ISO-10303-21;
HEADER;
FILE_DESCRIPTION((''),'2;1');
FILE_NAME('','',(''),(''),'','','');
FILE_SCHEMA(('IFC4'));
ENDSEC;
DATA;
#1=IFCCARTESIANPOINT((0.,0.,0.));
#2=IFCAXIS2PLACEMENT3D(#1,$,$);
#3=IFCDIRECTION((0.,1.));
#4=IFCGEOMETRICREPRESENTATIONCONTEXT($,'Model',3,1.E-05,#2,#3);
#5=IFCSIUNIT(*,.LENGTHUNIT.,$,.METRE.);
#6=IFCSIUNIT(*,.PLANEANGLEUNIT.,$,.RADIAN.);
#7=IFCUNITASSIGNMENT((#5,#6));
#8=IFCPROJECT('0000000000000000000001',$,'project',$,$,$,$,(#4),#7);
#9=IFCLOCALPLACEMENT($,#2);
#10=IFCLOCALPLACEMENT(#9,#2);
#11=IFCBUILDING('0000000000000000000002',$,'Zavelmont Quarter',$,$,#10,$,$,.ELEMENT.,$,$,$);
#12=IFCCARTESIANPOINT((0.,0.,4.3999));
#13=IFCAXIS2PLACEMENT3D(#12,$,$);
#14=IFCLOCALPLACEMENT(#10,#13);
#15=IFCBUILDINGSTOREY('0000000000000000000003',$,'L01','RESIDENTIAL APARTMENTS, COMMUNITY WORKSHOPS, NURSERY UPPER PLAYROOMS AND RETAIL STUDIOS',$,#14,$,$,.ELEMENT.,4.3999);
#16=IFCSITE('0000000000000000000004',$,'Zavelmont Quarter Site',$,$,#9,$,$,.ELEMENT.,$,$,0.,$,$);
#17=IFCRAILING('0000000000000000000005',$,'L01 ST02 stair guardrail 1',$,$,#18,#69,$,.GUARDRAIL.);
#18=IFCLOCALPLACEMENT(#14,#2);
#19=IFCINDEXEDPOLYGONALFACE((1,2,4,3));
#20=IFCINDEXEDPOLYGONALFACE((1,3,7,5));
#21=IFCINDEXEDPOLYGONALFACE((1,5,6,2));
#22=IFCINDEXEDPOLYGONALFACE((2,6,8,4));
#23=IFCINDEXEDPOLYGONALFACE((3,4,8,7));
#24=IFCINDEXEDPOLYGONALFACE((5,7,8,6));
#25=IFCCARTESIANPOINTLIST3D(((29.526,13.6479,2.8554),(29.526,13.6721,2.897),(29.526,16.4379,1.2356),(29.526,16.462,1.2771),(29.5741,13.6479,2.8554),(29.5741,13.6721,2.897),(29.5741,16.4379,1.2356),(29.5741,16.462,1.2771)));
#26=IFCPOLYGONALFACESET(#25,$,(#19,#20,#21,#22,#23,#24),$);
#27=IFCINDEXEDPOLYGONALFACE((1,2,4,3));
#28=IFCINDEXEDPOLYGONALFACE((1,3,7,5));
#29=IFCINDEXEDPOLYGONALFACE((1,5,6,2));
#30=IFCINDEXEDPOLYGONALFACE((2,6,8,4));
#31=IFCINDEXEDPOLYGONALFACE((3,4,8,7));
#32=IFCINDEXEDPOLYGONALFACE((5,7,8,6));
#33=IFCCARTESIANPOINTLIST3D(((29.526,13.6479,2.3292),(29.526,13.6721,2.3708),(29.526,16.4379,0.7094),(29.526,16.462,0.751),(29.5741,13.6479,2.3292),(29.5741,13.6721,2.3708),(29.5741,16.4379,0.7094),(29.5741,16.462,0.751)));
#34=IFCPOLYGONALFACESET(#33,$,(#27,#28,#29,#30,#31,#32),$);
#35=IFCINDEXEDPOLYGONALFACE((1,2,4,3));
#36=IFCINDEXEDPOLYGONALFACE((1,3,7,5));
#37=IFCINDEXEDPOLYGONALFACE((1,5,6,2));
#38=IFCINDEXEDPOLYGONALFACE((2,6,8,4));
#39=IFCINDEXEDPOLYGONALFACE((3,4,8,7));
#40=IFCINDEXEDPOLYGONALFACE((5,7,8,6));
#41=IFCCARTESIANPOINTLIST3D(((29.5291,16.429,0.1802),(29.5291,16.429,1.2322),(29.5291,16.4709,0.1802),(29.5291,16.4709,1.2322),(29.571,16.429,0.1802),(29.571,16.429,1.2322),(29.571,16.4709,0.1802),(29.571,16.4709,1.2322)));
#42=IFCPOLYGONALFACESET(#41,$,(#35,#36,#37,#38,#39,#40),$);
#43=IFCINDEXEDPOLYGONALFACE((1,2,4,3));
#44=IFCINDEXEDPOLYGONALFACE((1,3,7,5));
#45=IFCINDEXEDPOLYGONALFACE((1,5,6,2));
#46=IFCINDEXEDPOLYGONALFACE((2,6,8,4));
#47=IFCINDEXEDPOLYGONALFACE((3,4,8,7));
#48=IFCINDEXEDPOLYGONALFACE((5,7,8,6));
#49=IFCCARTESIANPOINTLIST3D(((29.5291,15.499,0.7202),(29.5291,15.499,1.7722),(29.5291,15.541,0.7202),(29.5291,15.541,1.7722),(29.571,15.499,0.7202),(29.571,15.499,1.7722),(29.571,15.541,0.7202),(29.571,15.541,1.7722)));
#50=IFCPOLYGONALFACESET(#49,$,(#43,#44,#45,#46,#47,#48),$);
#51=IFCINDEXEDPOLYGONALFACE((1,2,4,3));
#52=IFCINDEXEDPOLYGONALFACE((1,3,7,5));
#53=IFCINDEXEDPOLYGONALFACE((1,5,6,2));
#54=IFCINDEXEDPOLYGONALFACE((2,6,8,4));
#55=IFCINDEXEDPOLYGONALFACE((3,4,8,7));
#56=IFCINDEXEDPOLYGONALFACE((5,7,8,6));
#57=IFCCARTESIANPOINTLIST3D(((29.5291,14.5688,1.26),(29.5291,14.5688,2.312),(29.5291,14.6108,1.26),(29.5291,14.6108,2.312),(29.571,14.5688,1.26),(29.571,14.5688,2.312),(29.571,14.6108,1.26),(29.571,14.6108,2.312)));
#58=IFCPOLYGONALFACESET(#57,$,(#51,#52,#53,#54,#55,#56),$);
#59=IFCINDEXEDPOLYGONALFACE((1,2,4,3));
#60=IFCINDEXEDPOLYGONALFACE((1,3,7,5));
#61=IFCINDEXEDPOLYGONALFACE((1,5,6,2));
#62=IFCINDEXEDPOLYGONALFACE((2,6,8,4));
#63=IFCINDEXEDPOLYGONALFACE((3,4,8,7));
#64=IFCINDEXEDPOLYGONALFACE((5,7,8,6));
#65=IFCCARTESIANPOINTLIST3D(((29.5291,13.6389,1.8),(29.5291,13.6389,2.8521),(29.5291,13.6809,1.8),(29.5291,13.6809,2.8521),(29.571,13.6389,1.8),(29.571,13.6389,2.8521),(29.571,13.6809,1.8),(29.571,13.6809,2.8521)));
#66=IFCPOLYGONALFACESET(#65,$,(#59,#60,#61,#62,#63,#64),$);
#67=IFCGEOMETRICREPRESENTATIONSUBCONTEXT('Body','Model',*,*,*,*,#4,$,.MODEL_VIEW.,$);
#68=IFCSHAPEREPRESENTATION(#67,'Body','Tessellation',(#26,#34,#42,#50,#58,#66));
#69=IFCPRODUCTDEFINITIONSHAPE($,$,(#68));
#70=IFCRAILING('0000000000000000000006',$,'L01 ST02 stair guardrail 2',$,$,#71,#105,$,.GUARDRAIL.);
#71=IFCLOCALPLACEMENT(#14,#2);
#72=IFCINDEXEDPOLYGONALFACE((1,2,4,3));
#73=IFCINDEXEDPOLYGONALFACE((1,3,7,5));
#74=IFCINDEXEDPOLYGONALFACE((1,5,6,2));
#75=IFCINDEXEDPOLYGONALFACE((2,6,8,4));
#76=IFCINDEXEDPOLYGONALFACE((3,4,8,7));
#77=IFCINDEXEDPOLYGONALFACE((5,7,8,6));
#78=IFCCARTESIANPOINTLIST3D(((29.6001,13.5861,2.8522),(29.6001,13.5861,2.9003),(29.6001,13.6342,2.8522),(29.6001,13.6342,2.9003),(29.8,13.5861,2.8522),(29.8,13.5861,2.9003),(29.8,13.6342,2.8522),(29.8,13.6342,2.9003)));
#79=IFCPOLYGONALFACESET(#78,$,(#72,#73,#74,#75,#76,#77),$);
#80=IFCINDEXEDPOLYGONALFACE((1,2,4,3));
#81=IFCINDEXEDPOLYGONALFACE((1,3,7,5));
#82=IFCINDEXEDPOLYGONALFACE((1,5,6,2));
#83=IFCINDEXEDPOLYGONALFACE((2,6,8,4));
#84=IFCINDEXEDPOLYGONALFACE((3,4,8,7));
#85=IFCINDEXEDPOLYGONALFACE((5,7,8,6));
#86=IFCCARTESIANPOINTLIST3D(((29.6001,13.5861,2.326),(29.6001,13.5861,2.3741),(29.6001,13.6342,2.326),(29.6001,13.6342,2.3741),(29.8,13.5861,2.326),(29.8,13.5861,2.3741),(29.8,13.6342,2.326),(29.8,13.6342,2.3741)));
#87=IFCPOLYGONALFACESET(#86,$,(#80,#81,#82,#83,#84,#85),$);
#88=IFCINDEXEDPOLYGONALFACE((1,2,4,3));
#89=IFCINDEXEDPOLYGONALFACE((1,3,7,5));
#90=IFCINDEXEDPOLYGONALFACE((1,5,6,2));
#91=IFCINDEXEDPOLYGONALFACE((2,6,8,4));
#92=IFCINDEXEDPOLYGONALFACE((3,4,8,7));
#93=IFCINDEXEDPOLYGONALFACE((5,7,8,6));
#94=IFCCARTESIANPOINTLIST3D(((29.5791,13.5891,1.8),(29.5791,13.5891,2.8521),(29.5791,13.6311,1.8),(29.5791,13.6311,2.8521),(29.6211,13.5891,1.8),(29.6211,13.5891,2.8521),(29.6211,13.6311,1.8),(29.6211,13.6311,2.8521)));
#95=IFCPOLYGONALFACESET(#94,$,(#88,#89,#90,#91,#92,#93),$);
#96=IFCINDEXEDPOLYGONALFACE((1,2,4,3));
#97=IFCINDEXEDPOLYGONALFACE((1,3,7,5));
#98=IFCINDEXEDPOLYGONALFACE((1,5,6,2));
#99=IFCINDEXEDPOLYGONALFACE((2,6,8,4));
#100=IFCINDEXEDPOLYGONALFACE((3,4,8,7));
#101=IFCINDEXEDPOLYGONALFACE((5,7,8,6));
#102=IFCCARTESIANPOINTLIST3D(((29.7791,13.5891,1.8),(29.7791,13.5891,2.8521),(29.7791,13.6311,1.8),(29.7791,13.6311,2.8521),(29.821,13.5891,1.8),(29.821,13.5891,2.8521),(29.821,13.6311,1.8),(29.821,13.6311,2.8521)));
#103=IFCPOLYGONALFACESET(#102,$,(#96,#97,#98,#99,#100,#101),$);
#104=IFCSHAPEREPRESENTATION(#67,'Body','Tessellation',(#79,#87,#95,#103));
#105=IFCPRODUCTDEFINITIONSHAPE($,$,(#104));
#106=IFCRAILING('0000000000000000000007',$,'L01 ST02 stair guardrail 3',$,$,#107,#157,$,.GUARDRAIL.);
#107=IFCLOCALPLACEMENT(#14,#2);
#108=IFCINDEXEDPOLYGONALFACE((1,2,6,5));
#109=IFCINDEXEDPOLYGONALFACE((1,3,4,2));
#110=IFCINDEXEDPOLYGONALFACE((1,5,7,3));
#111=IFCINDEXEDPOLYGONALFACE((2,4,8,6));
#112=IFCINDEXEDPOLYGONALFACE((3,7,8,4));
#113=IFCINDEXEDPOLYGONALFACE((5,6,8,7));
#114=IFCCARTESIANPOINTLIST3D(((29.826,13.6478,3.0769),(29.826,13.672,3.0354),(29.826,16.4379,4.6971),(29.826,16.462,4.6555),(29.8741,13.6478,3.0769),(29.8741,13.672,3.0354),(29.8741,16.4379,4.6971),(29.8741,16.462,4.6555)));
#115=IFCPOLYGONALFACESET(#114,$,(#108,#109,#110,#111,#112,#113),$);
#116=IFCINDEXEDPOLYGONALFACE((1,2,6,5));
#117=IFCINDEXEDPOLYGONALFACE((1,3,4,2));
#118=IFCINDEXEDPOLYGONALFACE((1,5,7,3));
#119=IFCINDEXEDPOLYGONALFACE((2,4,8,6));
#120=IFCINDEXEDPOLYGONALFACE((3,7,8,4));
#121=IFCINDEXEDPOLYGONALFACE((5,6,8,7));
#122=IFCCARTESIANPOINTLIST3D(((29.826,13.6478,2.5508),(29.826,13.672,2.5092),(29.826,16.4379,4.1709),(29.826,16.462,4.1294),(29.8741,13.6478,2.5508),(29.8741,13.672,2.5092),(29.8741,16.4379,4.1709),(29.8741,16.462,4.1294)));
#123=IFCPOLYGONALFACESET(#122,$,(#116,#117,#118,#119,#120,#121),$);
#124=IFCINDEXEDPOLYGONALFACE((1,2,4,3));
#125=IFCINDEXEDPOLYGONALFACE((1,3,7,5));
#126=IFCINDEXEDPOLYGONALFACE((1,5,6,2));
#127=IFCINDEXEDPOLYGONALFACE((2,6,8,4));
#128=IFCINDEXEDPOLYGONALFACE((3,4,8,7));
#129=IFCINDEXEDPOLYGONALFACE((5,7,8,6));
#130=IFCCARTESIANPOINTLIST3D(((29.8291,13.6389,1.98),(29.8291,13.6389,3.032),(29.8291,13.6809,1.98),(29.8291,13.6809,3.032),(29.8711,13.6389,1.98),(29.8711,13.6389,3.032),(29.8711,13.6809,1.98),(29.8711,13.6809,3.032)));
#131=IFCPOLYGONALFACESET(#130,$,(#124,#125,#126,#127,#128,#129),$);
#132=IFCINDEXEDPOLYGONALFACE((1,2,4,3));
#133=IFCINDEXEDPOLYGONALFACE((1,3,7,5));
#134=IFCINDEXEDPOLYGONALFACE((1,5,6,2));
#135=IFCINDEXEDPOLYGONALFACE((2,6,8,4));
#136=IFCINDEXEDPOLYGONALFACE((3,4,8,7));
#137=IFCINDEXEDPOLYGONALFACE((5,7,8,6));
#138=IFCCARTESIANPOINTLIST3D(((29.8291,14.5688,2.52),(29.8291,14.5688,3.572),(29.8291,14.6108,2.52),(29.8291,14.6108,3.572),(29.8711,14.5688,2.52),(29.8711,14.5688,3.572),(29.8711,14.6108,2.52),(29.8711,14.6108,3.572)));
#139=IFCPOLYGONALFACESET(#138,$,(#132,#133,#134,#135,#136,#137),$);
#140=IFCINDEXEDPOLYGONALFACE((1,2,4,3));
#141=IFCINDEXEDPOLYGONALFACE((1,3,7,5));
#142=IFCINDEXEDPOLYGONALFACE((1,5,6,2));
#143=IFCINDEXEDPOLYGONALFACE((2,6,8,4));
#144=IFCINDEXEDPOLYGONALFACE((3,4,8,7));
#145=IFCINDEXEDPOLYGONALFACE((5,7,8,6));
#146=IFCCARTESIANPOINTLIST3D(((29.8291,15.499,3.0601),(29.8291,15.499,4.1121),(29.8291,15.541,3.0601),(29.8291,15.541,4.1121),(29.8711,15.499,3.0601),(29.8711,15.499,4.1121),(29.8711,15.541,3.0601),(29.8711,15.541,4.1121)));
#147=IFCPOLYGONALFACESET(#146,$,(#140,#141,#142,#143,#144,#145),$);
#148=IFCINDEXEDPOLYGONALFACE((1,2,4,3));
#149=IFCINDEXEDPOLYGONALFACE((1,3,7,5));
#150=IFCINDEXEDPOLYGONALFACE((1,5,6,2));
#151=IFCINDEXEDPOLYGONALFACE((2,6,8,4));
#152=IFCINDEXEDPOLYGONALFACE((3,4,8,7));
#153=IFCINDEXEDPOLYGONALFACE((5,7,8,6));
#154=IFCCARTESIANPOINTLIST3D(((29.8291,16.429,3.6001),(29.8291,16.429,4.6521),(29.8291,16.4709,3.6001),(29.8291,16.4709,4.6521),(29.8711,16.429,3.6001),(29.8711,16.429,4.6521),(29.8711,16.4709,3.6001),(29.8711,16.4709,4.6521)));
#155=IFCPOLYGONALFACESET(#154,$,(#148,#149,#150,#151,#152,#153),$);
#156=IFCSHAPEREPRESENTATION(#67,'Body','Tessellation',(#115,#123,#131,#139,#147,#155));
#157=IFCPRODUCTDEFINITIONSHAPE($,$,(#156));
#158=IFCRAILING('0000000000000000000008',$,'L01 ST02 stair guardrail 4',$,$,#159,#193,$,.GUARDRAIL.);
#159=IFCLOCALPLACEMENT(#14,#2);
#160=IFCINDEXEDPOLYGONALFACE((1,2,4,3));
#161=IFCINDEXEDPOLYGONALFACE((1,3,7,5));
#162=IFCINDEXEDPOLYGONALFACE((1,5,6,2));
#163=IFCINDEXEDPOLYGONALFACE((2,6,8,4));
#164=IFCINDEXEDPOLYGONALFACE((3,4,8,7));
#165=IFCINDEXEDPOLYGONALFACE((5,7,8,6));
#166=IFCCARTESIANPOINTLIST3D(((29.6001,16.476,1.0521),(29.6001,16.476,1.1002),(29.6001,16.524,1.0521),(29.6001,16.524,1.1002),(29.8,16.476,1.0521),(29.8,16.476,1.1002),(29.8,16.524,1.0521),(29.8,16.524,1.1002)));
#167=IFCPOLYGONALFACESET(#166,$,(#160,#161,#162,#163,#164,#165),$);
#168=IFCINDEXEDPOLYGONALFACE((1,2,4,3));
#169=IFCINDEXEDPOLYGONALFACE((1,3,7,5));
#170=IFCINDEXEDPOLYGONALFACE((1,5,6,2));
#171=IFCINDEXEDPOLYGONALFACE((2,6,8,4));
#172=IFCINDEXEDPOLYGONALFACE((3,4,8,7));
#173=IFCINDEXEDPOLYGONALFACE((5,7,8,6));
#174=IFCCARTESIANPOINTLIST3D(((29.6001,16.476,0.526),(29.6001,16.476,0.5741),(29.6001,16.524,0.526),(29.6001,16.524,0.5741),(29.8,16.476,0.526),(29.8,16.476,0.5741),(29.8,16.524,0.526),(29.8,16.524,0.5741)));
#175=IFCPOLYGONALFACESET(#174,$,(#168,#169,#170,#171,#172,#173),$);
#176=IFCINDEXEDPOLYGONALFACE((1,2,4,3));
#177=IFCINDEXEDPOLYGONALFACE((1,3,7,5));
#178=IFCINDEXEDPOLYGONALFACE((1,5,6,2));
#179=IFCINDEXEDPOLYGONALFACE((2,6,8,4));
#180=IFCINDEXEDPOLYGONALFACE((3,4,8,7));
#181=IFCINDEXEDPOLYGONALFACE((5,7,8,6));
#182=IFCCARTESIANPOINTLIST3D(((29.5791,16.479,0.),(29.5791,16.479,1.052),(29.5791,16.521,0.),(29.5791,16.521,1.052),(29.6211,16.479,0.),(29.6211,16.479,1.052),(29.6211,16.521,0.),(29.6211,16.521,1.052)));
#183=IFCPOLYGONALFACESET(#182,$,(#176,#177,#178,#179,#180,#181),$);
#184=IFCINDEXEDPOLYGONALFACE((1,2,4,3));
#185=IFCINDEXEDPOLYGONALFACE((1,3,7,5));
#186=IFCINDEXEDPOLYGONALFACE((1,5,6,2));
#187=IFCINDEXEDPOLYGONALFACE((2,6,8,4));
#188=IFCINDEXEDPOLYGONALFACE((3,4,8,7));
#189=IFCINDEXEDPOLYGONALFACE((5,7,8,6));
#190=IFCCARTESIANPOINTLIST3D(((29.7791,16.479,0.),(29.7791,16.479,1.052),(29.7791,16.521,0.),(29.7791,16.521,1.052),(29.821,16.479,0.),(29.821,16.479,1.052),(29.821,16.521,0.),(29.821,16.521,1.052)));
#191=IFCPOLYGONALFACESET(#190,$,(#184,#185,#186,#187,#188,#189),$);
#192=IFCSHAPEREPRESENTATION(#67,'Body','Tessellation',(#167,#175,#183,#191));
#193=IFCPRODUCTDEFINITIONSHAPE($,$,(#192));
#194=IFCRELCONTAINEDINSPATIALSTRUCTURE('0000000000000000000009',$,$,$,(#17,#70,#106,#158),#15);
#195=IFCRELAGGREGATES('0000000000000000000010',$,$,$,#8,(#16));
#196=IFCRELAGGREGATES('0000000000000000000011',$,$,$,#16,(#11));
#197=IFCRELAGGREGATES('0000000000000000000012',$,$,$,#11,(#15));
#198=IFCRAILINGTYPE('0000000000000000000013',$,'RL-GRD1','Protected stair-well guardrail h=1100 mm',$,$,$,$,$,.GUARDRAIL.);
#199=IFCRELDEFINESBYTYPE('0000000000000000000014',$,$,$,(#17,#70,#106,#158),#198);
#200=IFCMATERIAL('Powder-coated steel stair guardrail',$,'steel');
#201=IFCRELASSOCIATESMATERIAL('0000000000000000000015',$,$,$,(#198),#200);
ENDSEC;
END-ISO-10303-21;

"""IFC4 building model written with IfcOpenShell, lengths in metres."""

from ifc_helpers import new_model, si_unit, direction, frame, origin, origin_2d, place, context, subcontext, project, spatial, rectangle, extrude, material, type_object, element, save


model = new_model("IFC4")

# Units and contexts
model_context = context("Model", 3, precision=1e-05, world=origin(), true_north=direction((0.0, 1.0)))
body_context = subcontext(model_context, "Body", "Model", "MODEL_VIEW")
ifc_project = project(units=[si_unit("LENGTHUNIT", "METRE"), si_unit("PLANEANGLEUNIT", "RADIAN")], contexts=[model_context])

# Site, building, storey
site_placement = place(None, origin())
site = spatial("IfcSite", under=ifc_project, at=site_placement, Name="Zavelmont Quarter Site", CompositionType="ELEMENT", RefElevation=0.0)
building_placement = place(site_placement, origin())
building = spatial("IfcBuilding", under=site, at=building_placement, Name="Zavelmont Quarter", CompositionType="ELEMENT")
storey_placement = place(building_placement, frame((0.0, 0.0, 4.3999)))
storey = spatial("IfcBuildingStorey", under=building, at=storey_placement, Name="L01", Description="RESIDENTIAL APARTMENTS, COMMUNITY WORKSHOPS, NURSERY UPPER PLAYROOMS AND RETAIL STUDIOS", CompositionType="ELEMENT", Elevation=4.3999)

# Railings
ifc_material_1 = material(Name="Powder-coated steel stair guardrail", Category="steel")
railing_type_1 = type_object("IfcRailingType", Name="RL-GRD1", Description="Protected stair-well guardrail h=1100 mm", PredefinedType="GUARDRAIL", material=ifc_material_1)
railing_1_placement = place(storey_placement, frame((29.55, 16.45, 0.1802)))
element("IfcRailing", 1, at=railing_1_placement, inside=storey, type_object=railing_type_1, Name="L01 ST02 stair guardrail 1", PredefinedType="GUARDRAIL", context=body_context, shape_type="SweptSolid", body=[
    extrude(rectangle(XDim=0.0481, YDim=0.0481, at=origin_2d()), frame((0.0, 0.0, 1.0762), z_axis=(0.0, -0.864809, 0.502101), x_axis=(1.0, 0.0, 0.0)), (0.0, 0.0, 1.0), 3.2261),
    extrude(rectangle(XDim=0.0481, YDim=0.0481, at=origin_2d()), frame((0.0, 0.0, 0.55), z_axis=(0.0, -0.864809, 0.502101), x_axis=(1.0, 0.0, 0.0)), (0.0, 0.0, 1.0), 3.2261),
    extrude(rectangle(XDim=0.042, YDim=0.042, at=origin_2d()), origin(), (0.0, 0.0, 1.0), 1.052),
    extrude(rectangle(XDim=0.042, YDim=0.042, at=origin_2d()), frame((0.0, -0.9299, 0.54)), (0.0, 0.0, 1.0), 1.052),
    extrude(rectangle(XDim=0.042, YDim=0.042, at=origin_2d()), frame((0.0, -1.8601, 1.0798)), (0.0, 0.0, 1.0), 1.052),
    extrude(rectangle(XDim=0.042, YDim=0.042, at=origin_2d()), frame((0.0, -2.79, 1.6199)), (0.0, 0.0, 1.0), 1.052),
])
railing_2_placement = place(storey_placement, frame((29.6001, 13.6101, 1.8)))
element("IfcRailing", 2, at=railing_2_placement, inside=storey, type_object=railing_type_1, Name="L01 ST02 stair guardrail 2", PredefinedType="GUARDRAIL", context=body_context, shape_type="SweptSolid", body=[
    extrude(rectangle(XDim=0.0481, YDim=0.0481, at=origin_2d()), frame((0.0, 0.0, 1.0762), z_axis=(1.0, 0.0, 0.0), x_axis=(0.0, 1.0, 0.0)), (0.0, 0.0, 1.0), 0.2),
    extrude(rectangle(XDim=0.0481, YDim=0.0481, at=origin_2d()), frame((0.0, 0.0, 0.55), z_axis=(1.0, 0.0, 0.0), x_axis=(0.0, 1.0, 0.0)), (0.0, 0.0, 1.0), 0.2),
    extrude(rectangle(XDim=0.042, YDim=0.042, at=origin_2d()), origin(), (0.0, 0.0, 1.0), 1.052),
    extrude(rectangle(XDim=0.042, YDim=0.042, at=origin_2d()), frame((0.2, 0.0, 0.0)), (0.0, 0.0, 1.0), 1.052),
])
railing_3_placement = place(storey_placement, frame((29.8501, 13.6599, 1.98)))
element("IfcRailing", 3, at=railing_3_placement, inside=storey, type_object=railing_type_1, Name="L01 ST02 stair guardrail 3", PredefinedType="GUARDRAIL", context=body_context, shape_type="SweptSolid", body=[
    extrude(rectangle(XDim=0.0481, YDim=0.0481, at=origin_2d()), frame((0.0, 0.0, 1.0762), z_axis=(0.0, 0.864776, 0.502157), x_axis=(-1.0, 0.0, 0.0)), (0.0, 0.0, 1.0), 3.2263),
    extrude(rectangle(XDim=0.0481, YDim=0.0481, at=origin_2d()), frame((0.0, 0.0, 0.55), z_axis=(0.0, 0.864776, 0.502157), x_axis=(-1.0, 0.0, 0.0)), (0.0, 0.0, 1.0), 3.2263),
    extrude(rectangle(XDim=0.042, YDim=0.042, at=origin_2d()), origin(), (0.0, 0.0, 1.0), 1.052),
    extrude(rectangle(XDim=0.042, YDim=0.042, at=origin_2d()), frame((0.0, 0.9299, 0.54)), (0.0, 0.0, 1.0), 1.052),
    extrude(rectangle(XDim=0.042, YDim=0.042, at=origin_2d()), frame((0.0, 1.8601, 1.0801)), (0.0, 0.0, 1.0), 1.052),
    extrude(rectangle(XDim=0.042, YDim=0.042, at=origin_2d()), frame((0.0, 2.79, 1.6201)), (0.0, 0.0, 1.0), 1.052),
])
railing_4_placement = place(storey_placement, frame((29.6001, 16.5, 0.0)))
element("IfcRailing", 4, at=railing_4_placement, inside=storey, type_object=railing_type_1, Name="L01 ST02 stair guardrail 4", PredefinedType="GUARDRAIL", context=body_context, shape_type="SweptSolid", body=[
    extrude(rectangle(XDim=0.0481, YDim=0.0481, at=origin_2d()), frame((0.0, 0.0, 1.0762), z_axis=(1.0, 0.0, 0.0), x_axis=(0.0, 1.0, 0.0)), (0.0, 0.0, 1.0), 0.2),
    extrude(rectangle(XDim=0.0481, YDim=0.0481, at=origin_2d()), frame((0.0, 0.0, 0.55), z_axis=(1.0, 0.0, 0.0), x_axis=(0.0, 1.0, 0.0)), (0.0, 0.0, 1.0), 0.2),
    extrude(rectangle(XDim=0.042, YDim=0.042, at=origin_2d()), origin(), (0.0, 0.0, 1.0), 1.052),
    extrude(rectangle(XDim=0.042, YDim=0.042, at=origin_2d()), frame((0.2, 0.0, 0.0)), (0.0, 0.0, 1.0), 1.052),
])

save(model, "model.ifc")
